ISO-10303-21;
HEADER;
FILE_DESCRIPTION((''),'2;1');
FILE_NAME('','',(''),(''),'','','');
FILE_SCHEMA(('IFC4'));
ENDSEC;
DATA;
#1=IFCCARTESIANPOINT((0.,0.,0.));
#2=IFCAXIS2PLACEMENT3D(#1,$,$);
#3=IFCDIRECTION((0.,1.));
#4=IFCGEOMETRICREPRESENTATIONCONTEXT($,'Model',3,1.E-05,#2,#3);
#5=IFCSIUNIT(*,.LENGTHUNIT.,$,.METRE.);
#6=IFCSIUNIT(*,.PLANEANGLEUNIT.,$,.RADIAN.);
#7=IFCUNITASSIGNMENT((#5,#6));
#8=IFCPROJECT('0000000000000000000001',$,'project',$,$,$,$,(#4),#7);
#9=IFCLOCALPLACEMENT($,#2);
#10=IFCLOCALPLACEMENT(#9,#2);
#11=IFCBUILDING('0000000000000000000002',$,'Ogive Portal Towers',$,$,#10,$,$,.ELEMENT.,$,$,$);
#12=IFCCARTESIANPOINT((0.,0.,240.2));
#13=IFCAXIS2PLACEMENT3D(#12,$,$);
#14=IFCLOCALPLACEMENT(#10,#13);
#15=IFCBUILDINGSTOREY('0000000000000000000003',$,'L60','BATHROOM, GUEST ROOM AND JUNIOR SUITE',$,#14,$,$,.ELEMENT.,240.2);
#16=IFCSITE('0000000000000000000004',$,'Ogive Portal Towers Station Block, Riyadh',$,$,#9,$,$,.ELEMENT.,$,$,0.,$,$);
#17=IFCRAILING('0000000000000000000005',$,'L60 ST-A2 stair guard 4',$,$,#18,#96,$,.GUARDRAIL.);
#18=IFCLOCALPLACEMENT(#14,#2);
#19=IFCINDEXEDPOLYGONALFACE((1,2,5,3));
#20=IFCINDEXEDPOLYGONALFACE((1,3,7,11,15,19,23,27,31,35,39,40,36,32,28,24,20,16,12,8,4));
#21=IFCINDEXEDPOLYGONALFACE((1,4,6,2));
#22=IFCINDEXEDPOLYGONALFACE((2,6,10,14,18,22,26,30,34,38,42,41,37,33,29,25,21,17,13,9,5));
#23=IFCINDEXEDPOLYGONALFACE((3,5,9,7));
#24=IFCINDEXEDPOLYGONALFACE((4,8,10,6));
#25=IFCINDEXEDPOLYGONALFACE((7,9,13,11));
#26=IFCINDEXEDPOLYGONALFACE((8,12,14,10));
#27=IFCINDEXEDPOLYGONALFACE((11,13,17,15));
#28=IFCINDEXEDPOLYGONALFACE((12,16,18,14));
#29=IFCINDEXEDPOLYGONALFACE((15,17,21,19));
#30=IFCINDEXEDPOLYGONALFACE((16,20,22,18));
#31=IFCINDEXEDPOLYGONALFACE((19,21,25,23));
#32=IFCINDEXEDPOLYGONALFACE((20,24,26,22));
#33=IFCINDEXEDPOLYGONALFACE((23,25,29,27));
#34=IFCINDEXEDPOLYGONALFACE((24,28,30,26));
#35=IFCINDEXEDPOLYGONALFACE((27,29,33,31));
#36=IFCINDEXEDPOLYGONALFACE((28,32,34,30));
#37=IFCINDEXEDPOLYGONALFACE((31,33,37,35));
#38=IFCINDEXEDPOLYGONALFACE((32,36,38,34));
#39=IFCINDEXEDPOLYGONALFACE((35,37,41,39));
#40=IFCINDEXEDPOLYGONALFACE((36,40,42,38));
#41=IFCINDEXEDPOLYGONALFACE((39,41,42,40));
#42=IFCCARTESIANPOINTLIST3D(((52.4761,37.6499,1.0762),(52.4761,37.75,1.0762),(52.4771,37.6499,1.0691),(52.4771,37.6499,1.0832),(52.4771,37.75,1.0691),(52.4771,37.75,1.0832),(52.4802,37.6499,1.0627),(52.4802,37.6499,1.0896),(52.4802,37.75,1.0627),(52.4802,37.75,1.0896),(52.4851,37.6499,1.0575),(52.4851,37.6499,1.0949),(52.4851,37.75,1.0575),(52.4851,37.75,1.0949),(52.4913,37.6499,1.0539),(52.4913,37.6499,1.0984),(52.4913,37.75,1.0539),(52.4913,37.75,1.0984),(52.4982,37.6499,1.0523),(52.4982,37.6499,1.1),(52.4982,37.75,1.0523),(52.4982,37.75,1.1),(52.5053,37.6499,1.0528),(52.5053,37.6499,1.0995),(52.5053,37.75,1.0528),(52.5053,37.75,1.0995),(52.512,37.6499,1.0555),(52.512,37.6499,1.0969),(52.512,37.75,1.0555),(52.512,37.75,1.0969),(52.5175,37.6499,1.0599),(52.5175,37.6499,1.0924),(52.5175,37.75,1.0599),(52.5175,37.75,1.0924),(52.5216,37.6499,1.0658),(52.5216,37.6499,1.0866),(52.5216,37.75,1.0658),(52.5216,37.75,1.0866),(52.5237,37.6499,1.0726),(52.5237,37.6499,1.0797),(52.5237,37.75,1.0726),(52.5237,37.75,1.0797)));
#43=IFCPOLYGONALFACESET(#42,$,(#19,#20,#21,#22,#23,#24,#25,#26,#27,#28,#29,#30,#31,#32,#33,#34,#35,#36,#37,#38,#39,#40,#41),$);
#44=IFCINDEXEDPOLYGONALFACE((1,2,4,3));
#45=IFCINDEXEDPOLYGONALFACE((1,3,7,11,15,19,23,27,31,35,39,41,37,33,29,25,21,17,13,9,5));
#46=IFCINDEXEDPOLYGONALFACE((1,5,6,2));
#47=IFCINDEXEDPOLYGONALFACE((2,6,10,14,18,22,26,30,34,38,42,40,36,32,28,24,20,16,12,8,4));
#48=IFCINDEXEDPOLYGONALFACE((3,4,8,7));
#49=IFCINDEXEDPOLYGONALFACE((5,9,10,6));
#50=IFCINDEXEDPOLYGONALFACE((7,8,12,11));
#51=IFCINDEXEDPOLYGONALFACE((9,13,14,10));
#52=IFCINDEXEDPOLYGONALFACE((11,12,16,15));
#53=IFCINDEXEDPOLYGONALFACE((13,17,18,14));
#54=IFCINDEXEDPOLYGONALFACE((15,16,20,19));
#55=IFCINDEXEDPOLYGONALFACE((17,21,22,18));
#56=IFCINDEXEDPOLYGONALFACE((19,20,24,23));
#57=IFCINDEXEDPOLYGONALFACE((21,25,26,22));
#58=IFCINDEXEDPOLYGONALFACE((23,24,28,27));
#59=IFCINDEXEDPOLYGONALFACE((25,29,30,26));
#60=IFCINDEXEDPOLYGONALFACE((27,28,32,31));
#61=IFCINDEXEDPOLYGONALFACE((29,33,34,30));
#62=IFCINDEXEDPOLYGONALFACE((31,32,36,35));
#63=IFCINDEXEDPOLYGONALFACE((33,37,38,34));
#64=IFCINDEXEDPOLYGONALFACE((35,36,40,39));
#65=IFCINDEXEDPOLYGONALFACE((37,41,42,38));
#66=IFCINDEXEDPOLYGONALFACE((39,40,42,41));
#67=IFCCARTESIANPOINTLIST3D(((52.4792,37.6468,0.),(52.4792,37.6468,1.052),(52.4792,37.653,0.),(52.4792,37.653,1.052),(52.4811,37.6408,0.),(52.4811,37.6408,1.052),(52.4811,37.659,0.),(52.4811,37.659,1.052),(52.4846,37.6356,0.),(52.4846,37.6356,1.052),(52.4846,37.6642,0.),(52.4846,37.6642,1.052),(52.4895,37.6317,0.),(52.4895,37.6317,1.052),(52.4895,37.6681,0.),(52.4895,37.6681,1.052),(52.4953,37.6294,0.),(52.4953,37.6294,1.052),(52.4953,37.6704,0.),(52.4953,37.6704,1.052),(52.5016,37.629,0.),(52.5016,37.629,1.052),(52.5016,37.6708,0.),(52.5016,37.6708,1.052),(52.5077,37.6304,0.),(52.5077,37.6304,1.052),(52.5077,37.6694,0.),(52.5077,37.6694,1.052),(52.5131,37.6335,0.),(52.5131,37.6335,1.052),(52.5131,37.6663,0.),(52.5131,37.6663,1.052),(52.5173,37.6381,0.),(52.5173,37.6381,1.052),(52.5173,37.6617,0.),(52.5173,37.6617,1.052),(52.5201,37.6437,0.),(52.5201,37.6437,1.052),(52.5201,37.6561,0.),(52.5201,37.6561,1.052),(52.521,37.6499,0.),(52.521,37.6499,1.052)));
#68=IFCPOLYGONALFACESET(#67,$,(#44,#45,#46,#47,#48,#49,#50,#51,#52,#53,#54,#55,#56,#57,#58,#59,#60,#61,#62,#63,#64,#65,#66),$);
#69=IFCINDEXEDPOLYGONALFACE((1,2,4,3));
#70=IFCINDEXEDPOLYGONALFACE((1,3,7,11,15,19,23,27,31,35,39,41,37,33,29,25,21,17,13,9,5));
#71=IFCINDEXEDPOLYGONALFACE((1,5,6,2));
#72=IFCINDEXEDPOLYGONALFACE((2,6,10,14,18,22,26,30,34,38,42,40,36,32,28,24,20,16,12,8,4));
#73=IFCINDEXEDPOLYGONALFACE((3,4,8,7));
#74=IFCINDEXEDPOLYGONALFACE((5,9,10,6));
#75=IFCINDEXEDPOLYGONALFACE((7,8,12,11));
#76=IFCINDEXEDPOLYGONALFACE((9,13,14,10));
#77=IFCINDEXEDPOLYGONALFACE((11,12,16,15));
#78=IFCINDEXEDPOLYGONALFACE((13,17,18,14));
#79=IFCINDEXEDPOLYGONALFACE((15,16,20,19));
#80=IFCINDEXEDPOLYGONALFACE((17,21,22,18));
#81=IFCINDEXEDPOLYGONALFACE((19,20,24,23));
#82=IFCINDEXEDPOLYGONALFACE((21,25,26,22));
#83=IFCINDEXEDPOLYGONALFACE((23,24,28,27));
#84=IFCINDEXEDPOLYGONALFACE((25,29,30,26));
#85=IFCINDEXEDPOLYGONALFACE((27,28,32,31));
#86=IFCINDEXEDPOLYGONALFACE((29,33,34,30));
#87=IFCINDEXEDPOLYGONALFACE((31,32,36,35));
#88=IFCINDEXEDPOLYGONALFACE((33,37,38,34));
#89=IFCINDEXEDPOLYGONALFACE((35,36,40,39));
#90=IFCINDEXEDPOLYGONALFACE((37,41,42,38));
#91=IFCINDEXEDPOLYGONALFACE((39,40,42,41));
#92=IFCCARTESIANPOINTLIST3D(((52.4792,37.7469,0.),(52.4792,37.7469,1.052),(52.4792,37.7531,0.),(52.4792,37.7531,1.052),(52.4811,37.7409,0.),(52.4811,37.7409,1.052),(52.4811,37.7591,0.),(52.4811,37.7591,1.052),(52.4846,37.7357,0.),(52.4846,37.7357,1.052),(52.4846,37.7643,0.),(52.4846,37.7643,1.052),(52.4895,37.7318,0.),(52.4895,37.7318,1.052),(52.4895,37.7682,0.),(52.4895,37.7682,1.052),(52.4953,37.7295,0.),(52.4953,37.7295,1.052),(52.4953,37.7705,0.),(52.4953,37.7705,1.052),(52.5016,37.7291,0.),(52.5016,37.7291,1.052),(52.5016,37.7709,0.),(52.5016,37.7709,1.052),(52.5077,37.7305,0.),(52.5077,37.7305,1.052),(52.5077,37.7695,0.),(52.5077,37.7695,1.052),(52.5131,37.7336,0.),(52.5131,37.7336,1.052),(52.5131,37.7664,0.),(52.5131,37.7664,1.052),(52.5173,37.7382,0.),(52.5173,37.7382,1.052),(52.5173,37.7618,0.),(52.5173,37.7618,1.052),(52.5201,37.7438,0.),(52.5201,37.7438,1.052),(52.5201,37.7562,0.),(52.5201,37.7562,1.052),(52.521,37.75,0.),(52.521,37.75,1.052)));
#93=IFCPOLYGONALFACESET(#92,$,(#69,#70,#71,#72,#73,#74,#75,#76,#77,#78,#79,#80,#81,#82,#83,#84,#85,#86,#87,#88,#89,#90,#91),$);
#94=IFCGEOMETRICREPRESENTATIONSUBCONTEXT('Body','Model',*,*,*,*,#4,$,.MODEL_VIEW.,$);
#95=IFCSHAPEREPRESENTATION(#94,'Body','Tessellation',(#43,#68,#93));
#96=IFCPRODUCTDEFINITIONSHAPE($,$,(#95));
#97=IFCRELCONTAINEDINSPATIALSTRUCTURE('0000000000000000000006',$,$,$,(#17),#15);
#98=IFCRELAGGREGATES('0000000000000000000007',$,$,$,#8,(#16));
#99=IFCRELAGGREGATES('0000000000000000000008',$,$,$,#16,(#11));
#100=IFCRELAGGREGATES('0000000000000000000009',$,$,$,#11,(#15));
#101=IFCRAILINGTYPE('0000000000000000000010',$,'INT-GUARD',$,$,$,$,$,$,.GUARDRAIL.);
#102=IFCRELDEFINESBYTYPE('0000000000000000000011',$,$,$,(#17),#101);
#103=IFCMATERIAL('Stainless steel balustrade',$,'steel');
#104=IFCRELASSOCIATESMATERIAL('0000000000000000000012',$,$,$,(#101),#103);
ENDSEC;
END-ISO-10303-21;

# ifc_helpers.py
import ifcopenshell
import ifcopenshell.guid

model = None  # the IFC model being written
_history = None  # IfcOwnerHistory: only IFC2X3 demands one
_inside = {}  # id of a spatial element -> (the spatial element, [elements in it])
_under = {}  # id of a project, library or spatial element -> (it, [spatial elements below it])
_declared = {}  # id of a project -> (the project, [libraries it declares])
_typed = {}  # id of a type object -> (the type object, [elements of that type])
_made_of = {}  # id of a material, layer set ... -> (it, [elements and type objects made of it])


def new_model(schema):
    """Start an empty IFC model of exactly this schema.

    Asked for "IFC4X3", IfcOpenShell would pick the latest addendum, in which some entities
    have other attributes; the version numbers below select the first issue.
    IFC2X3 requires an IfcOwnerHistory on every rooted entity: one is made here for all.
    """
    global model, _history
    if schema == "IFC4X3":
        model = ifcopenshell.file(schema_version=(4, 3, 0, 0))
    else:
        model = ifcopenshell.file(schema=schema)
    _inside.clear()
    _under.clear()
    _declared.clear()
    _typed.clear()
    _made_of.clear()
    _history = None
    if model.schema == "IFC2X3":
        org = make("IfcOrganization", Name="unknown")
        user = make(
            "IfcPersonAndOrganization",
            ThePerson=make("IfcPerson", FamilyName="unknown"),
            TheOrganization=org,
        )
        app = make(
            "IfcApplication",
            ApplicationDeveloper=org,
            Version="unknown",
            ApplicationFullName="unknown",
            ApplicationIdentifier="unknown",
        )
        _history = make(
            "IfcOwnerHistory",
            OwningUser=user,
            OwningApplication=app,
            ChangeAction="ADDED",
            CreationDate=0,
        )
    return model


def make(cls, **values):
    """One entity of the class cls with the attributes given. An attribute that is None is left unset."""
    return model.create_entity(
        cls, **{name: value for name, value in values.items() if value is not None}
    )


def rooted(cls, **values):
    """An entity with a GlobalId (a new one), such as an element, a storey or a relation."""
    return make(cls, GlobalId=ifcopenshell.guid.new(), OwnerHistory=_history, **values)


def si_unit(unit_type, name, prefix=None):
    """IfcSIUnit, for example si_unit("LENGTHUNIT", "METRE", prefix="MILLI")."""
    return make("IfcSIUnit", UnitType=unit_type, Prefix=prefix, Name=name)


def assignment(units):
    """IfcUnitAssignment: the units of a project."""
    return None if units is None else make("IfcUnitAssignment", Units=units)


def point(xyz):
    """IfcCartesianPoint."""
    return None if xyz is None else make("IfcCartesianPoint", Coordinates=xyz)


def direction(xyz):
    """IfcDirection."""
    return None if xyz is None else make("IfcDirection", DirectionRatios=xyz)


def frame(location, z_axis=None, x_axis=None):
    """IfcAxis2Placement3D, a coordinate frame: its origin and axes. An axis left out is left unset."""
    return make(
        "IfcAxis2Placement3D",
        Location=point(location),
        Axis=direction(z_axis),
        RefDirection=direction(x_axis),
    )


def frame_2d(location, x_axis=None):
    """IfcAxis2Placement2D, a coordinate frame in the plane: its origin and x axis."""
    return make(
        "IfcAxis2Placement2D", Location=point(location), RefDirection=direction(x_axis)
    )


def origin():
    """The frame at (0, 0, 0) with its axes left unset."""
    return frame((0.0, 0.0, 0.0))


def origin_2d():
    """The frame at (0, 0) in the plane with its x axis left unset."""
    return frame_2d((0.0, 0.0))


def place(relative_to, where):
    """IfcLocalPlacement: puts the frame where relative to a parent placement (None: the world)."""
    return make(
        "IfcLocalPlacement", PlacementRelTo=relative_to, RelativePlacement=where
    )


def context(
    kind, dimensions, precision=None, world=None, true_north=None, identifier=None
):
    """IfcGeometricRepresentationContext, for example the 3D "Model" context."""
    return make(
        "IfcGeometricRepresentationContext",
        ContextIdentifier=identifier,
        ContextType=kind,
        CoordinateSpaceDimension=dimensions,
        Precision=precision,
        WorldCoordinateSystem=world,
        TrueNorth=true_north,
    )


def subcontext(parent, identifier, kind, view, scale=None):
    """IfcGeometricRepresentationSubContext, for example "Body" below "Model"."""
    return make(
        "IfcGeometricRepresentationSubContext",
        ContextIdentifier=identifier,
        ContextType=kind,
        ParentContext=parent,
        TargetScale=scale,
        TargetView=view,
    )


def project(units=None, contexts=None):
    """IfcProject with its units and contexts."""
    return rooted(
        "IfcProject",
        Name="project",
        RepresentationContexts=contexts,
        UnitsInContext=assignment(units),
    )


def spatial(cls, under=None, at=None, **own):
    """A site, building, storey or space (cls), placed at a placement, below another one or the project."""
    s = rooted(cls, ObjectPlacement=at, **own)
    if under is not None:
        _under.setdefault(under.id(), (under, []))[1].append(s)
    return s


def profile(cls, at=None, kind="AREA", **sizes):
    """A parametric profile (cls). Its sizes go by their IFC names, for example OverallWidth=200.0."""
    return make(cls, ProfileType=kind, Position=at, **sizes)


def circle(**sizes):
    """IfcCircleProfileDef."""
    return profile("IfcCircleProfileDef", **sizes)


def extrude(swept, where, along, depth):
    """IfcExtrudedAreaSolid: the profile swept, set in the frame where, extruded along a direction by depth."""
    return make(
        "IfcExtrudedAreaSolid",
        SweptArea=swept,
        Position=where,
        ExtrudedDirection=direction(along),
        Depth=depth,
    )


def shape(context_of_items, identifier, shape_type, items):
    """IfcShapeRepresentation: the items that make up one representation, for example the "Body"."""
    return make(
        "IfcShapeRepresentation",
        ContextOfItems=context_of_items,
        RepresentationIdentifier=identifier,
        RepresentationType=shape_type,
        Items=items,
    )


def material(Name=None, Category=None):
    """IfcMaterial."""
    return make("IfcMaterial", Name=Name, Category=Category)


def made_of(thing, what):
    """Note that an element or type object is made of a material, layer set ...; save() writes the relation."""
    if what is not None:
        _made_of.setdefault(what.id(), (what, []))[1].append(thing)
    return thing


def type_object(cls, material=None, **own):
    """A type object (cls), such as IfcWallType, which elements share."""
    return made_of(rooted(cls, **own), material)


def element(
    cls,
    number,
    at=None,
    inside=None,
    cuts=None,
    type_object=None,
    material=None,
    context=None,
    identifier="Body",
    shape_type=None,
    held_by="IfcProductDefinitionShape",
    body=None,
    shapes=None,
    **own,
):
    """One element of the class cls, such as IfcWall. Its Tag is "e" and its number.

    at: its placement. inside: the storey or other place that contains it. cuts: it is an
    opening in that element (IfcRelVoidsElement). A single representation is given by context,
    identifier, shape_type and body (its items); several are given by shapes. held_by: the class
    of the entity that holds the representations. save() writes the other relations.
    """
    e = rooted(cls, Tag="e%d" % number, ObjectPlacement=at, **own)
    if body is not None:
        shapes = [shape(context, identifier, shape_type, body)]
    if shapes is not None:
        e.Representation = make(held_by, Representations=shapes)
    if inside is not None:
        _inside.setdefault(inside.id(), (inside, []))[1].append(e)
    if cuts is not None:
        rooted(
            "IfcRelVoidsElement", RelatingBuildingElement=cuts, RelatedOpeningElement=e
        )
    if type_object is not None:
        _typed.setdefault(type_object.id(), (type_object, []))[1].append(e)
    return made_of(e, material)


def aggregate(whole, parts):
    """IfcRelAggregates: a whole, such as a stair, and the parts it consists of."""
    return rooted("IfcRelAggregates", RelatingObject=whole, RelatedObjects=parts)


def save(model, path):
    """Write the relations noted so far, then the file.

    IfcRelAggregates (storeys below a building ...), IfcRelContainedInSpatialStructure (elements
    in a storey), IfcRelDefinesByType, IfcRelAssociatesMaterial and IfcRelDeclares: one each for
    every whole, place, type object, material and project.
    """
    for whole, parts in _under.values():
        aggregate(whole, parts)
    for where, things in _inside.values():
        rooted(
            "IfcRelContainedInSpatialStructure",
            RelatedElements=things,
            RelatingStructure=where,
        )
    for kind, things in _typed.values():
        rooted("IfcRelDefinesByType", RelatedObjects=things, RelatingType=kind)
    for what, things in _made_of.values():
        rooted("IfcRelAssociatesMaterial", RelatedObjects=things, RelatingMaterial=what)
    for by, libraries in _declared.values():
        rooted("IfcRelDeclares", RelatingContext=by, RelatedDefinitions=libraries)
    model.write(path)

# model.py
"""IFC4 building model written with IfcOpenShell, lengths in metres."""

from ifc_helpers import new_model, si_unit, direction, frame, origin, origin_2d, place, context, subcontext, project, spatial, circle, extrude, material, type_object, element, save


model = new_model("IFC4")

# Units and contexts
model_context = context("Model", 3, precision=1e-05, world=origin(), true_north=direction((0.0, 1.0)))
body_context = subcontext(model_context, "Body", "Model", "MODEL_VIEW")
ifc_project = project(units=[si_unit("LENGTHUNIT", "METRE"), si_unit("PLANEANGLEUNIT", "RADIAN")], contexts=[model_context])

# Site, building, storey
site_placement = place(None, origin())
site = spatial("IfcSite", under=ifc_project, at=site_placement, Name="Ogive Portal Towers Station Block, Riyadh", CompositionType="ELEMENT", RefElevation=0.0)
building_placement = place(site_placement, origin())
building = spatial("IfcBuilding", under=site, at=building_placement, Name="Ogive Portal Towers", CompositionType="ELEMENT")
storey_placement = place(building_placement, frame((0.0, 0.0, 240.2)))
storey = spatial("IfcBuildingStorey", under=building, at=storey_placement, Name="L60", Description="BATHROOM, GUEST ROOM AND JUNIOR SUITE", CompositionType="ELEMENT", Elevation=240.2)

# Railing
ifc_material_1 = material(Name="Stainless steel balustrade", Category="steel")
railing_type_1 = type_object("IfcRailingType", Name="INT-GUARD", PredefinedType="GUARDRAIL", material=ifc_material_1)
railing_1_placement = place(storey_placement, frame((52.5, 37.6499, 0.0)))
element("IfcRailing", 1, at=railing_1_placement, inside=storey, type_object=railing_type_1, Name="L60 ST-A2 stair guard 4", PredefinedType="GUARDRAIL", context=body_context, shape_type="SweptSolid", body=[
    extrude(circle(Radius=0.0239, at=origin_2d()), frame((0.0, 0.0, 1.0762), z_axis=(0.0, 1.0, 0.0), x_axis=(-1.0, 0.0, 0.0)), (0.0, 0.0, 1.0), 0.1001),
    extrude(circle(Radius=0.021, at=origin_2d()), origin(), (0.0, 0.0, 1.0), 1.052),
    extrude(circle(Radius=0.021, at=origin_2d()), frame((0.0, 0.1001, 0.0)), (0.0, 0.0, 1.0), 1.052),
])

save(model, "model.ifc")
